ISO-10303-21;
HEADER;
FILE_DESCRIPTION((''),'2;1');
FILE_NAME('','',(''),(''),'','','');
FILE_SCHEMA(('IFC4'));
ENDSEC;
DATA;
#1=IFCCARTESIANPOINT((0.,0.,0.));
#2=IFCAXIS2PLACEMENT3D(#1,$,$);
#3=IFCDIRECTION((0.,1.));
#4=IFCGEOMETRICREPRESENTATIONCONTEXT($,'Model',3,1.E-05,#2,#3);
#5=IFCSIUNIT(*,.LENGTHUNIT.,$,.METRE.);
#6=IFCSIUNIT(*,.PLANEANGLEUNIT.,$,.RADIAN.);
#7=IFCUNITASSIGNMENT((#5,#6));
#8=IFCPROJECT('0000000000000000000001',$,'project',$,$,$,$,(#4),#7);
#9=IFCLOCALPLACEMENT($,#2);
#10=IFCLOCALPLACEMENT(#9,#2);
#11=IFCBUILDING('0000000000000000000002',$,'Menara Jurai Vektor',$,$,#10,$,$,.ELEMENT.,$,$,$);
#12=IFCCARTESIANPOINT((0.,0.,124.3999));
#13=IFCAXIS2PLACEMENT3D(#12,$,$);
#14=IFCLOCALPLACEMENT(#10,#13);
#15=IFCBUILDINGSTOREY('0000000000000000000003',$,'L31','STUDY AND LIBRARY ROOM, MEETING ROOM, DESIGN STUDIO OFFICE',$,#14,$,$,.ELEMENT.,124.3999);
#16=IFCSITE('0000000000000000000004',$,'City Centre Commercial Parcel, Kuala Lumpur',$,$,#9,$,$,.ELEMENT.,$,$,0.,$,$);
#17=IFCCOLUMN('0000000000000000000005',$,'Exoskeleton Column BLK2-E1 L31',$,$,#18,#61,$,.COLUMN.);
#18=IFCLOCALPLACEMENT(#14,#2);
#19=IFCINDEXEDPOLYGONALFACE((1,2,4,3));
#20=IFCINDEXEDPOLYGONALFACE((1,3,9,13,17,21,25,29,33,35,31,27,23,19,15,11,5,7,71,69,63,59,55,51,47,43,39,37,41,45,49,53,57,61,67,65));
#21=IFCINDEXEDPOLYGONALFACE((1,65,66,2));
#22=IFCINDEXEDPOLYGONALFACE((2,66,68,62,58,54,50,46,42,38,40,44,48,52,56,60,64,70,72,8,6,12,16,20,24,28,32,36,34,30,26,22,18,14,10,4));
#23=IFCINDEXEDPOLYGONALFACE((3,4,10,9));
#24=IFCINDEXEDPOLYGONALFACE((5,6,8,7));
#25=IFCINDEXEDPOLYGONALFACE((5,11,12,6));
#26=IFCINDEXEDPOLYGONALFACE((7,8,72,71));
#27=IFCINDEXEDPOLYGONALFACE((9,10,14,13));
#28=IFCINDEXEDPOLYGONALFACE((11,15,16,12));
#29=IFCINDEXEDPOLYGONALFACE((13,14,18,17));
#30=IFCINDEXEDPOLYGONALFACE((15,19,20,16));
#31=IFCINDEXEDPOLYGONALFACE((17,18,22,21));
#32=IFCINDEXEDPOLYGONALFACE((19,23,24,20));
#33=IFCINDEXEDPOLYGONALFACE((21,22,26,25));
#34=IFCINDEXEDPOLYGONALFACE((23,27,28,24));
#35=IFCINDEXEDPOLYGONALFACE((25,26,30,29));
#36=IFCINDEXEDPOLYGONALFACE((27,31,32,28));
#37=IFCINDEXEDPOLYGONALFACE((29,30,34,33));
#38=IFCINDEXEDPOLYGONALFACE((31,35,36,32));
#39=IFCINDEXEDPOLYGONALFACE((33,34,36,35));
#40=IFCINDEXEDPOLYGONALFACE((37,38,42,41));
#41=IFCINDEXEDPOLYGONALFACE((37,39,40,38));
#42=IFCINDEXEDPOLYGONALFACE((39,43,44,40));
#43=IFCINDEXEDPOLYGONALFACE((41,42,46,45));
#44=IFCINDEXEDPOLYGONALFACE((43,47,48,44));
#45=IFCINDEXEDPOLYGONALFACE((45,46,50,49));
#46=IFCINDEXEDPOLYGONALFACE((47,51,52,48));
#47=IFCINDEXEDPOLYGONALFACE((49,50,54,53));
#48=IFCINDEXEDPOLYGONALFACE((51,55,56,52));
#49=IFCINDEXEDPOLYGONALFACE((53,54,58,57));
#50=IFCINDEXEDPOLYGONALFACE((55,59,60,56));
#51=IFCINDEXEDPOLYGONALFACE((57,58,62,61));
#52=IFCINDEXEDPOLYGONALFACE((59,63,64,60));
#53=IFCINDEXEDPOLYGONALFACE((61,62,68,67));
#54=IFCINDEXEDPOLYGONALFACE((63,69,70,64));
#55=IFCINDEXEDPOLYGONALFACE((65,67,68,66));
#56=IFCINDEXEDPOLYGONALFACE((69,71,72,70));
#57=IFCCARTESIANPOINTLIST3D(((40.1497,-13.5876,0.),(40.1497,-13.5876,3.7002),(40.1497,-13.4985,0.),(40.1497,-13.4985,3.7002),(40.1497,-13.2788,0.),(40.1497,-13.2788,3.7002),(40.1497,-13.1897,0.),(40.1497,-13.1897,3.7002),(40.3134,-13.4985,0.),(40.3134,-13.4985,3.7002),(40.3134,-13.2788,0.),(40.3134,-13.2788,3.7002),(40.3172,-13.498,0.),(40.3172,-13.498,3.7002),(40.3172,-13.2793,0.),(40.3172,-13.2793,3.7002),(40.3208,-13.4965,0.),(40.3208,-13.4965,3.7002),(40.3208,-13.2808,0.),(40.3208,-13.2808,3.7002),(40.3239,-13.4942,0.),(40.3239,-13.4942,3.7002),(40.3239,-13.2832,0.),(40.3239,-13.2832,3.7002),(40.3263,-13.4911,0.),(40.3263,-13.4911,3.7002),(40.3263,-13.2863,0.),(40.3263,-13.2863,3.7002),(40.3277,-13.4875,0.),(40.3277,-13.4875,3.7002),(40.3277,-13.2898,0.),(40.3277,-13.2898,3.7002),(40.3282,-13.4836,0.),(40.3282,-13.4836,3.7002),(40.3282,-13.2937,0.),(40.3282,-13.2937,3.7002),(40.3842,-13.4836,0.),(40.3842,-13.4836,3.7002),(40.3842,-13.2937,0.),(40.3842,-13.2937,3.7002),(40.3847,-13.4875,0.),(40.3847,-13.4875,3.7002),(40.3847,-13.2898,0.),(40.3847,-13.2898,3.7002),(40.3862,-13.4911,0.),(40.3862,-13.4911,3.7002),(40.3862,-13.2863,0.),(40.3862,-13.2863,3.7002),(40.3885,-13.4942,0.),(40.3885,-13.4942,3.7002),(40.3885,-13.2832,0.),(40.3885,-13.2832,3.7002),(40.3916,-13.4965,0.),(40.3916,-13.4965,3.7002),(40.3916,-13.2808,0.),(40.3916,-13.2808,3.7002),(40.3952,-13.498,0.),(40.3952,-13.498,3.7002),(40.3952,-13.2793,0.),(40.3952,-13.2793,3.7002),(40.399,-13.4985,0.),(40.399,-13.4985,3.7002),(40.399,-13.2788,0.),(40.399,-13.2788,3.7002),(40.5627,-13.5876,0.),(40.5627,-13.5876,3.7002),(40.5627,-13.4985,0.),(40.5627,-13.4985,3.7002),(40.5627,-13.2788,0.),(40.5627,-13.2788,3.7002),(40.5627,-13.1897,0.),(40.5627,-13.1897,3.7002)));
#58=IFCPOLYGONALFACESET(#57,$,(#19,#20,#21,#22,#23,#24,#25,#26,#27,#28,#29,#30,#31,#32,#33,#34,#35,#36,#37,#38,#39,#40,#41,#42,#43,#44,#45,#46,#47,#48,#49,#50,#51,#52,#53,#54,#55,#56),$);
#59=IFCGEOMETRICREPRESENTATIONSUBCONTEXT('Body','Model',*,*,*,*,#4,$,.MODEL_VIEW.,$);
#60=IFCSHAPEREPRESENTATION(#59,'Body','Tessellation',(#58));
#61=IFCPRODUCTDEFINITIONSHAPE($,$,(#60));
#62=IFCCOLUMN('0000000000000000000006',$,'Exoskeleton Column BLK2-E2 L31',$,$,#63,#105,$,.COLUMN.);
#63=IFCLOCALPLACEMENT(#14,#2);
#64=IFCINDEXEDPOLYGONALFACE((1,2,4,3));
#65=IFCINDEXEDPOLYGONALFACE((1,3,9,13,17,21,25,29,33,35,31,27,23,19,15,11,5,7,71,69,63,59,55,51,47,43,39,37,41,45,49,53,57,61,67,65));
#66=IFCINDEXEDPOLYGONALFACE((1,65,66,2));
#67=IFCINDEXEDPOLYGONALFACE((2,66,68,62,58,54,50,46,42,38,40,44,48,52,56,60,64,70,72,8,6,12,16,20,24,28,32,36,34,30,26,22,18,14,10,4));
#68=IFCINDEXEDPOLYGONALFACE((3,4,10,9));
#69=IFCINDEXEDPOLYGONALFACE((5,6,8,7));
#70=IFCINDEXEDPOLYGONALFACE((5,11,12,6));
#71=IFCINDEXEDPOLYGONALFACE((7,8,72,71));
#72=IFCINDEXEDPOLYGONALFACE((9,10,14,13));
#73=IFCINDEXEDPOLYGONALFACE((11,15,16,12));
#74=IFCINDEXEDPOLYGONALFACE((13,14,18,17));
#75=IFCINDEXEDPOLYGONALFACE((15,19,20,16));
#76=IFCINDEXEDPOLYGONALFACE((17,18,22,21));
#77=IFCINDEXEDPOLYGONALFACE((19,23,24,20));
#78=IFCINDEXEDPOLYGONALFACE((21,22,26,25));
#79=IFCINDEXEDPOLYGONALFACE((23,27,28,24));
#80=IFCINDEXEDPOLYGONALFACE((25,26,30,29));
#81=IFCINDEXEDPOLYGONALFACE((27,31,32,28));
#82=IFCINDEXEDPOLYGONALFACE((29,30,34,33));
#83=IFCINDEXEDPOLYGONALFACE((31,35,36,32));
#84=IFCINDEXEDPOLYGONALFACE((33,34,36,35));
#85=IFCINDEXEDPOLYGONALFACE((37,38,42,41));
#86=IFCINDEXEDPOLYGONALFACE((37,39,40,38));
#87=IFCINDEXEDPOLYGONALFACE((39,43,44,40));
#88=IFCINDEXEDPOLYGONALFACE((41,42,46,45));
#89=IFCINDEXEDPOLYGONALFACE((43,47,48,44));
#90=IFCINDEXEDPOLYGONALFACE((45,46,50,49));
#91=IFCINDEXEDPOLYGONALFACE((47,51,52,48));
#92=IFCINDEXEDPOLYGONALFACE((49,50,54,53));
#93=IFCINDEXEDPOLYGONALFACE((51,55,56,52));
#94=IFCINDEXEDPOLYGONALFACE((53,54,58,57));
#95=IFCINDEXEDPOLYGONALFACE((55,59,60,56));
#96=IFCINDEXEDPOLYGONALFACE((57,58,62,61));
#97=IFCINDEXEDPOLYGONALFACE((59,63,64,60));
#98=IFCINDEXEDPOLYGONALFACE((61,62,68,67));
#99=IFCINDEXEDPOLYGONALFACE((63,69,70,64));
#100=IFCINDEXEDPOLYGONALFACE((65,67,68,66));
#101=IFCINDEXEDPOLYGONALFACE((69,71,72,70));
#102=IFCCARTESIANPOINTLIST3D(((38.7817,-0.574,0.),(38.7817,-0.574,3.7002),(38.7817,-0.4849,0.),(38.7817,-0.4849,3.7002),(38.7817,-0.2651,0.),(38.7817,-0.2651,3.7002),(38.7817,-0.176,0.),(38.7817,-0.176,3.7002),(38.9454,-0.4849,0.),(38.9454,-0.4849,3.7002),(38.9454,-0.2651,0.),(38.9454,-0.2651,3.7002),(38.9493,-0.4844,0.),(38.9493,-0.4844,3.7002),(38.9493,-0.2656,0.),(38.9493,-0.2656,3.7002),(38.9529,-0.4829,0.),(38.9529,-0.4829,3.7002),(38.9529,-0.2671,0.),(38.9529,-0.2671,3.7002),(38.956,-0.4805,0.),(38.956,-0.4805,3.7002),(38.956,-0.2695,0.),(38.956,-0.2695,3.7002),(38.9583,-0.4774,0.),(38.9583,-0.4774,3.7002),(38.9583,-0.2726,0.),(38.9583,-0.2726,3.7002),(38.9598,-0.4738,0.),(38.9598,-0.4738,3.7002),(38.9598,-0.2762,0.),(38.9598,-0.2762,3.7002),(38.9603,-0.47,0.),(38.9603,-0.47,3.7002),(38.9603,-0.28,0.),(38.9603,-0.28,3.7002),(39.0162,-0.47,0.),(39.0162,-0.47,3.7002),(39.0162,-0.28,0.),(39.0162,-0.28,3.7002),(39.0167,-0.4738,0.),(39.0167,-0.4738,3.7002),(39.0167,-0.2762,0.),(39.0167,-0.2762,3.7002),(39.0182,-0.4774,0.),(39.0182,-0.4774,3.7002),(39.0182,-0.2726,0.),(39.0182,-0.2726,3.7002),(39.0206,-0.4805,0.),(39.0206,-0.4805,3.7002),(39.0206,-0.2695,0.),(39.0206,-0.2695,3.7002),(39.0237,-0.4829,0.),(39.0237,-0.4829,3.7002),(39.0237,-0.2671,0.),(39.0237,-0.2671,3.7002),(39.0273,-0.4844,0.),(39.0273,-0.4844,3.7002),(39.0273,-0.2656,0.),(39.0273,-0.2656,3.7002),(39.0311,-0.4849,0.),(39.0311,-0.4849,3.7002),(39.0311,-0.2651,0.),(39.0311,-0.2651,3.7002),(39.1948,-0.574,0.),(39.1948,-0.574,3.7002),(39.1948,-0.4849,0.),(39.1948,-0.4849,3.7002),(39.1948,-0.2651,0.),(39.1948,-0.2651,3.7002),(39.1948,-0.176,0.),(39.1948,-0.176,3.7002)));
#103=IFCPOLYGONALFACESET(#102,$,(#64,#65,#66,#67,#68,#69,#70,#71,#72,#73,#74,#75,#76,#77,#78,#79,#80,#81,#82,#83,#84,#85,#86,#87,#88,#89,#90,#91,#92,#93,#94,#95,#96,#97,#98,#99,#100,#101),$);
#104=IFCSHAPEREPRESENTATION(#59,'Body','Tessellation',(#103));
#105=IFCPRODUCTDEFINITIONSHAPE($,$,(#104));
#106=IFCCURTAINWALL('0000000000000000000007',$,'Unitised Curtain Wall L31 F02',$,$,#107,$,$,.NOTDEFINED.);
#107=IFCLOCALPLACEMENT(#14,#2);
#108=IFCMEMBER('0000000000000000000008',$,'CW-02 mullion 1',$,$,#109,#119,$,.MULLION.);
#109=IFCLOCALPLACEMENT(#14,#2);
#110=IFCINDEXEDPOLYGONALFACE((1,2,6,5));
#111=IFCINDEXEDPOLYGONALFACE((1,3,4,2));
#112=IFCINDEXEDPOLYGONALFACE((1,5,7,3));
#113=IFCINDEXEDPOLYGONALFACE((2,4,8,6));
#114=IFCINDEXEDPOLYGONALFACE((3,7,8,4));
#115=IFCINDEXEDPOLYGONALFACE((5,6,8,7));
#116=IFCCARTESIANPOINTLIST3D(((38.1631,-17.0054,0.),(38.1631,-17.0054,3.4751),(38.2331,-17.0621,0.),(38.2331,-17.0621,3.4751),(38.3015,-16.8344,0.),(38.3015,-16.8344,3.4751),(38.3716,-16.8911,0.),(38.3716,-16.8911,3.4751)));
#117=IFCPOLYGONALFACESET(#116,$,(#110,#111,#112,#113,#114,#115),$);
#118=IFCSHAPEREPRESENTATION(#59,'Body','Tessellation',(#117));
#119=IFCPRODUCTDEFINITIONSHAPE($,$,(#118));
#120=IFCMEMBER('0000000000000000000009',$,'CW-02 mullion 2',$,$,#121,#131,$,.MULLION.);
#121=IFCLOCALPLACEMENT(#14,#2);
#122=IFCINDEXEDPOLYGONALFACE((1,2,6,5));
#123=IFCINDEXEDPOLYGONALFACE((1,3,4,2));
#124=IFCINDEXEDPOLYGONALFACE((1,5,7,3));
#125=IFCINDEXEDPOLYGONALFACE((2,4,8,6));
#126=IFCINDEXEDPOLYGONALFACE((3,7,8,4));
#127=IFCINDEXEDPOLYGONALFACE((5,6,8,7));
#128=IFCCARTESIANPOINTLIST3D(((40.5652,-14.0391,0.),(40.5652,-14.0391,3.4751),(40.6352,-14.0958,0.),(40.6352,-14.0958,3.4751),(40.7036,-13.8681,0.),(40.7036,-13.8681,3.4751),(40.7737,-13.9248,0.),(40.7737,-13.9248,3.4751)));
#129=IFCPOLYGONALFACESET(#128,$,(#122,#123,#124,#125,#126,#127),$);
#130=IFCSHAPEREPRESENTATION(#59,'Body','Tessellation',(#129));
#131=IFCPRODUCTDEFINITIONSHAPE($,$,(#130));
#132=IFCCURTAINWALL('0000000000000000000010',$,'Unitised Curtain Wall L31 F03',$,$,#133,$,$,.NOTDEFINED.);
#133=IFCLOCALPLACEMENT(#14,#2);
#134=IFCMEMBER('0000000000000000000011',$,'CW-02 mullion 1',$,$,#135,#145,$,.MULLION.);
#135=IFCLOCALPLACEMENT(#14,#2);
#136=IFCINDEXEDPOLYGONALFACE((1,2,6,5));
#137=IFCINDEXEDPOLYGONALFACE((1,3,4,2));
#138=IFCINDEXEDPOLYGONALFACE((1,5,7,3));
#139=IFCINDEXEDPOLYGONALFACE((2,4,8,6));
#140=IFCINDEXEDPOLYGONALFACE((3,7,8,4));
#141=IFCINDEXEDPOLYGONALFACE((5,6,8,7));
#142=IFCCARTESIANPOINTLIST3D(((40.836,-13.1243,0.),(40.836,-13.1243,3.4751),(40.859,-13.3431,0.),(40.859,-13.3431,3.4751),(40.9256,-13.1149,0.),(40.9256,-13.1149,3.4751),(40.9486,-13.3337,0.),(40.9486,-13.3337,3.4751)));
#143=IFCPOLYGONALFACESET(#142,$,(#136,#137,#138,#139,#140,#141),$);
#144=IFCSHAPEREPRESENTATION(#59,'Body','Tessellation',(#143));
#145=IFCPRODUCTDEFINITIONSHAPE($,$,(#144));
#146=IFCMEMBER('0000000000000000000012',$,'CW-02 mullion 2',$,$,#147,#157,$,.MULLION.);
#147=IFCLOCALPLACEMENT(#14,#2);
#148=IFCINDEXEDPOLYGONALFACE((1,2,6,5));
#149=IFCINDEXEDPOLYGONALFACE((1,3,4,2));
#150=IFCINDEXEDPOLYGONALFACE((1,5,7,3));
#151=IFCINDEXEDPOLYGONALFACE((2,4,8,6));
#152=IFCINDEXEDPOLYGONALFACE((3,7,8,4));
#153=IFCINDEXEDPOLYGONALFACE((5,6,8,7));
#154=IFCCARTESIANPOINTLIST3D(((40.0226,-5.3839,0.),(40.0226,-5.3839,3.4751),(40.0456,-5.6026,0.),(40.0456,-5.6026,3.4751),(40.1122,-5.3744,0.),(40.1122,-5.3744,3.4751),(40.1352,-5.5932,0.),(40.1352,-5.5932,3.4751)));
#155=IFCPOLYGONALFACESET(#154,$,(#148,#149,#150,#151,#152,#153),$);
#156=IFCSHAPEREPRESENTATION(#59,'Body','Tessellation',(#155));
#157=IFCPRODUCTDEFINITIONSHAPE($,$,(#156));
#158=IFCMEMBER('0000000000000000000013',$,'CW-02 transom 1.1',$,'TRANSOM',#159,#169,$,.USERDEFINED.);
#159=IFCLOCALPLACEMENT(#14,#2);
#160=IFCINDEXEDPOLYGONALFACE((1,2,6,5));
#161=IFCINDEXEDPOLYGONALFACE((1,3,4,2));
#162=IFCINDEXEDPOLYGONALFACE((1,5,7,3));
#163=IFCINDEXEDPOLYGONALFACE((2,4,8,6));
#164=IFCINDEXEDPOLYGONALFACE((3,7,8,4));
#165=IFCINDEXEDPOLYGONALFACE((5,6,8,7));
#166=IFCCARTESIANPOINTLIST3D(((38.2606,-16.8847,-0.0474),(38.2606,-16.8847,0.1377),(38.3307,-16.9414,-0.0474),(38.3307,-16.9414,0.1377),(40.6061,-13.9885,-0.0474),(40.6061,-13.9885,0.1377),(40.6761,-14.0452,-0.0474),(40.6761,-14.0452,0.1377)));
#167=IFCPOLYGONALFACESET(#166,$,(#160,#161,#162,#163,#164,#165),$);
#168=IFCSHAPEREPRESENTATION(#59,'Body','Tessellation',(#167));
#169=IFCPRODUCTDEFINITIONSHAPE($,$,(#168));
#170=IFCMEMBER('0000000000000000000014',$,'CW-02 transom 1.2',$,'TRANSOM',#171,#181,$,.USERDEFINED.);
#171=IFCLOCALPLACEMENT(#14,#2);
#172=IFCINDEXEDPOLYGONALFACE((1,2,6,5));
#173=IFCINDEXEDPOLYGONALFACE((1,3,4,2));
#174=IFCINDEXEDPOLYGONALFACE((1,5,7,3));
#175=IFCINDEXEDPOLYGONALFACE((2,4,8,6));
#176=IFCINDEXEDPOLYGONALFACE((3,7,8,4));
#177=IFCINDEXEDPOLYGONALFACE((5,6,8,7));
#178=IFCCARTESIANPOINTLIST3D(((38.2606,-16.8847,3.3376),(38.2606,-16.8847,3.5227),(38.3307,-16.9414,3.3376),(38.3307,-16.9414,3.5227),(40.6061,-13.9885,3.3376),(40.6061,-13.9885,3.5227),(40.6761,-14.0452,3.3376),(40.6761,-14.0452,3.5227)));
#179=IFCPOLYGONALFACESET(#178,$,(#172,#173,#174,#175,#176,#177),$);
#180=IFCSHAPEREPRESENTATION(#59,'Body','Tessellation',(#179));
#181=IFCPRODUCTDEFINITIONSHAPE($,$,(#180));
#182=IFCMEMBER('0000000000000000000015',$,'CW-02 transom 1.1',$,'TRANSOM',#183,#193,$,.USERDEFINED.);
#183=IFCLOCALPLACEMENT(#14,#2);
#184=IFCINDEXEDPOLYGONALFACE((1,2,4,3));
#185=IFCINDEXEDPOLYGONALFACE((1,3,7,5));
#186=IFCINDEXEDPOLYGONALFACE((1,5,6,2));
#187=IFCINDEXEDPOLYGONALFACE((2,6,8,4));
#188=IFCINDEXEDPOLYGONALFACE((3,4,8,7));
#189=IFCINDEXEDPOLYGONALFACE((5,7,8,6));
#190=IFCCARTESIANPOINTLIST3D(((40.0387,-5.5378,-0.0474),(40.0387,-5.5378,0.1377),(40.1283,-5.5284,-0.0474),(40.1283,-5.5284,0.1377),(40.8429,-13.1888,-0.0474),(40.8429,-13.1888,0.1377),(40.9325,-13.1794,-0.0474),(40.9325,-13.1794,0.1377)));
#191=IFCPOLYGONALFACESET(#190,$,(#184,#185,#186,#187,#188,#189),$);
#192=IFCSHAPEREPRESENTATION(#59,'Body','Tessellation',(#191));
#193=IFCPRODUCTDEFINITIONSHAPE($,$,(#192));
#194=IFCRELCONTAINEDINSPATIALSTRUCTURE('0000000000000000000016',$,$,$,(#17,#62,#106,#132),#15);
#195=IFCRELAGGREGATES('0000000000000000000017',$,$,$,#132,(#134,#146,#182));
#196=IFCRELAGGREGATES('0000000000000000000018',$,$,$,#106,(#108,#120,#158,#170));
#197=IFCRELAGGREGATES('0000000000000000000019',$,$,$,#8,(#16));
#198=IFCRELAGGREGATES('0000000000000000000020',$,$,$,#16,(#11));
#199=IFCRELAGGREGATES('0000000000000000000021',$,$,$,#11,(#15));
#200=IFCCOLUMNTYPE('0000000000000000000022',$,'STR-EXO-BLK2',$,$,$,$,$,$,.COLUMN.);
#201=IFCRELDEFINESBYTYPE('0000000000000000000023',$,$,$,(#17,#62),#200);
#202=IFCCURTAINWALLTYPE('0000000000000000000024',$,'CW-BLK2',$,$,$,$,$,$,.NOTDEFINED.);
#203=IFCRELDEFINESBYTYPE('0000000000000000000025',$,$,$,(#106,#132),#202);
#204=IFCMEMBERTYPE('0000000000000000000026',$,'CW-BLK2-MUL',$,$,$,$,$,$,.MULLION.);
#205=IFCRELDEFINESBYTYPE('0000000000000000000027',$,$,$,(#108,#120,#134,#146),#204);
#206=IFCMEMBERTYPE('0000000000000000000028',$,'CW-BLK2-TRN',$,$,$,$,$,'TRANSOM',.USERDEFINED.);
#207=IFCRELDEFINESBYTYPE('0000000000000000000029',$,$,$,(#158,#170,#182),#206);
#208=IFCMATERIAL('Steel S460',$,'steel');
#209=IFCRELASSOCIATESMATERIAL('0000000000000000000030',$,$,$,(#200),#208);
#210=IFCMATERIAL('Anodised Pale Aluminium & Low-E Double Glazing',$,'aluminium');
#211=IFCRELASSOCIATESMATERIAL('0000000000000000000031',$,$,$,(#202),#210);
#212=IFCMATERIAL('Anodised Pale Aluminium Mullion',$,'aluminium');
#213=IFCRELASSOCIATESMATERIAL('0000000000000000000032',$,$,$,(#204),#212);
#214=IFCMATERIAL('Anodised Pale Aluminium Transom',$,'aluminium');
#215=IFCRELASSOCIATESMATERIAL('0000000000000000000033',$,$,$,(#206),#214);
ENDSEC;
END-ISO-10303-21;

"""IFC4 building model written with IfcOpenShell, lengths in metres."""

from ifc_helpers import new_model, si_unit, direction, frame, origin, origin_2d, place, context, subcontext, project, spatial, rectangle, i_section, extrude, material, material_profile, profile_set, type_object, element, aggregate, save


model = new_model("IFC4")

# Units and contexts
model_context = context("Model", 3, precision=1e-05, world=origin(), true_north=direction((0.0, 1.0)))
body_context = subcontext(model_context, "Body", "Model", "MODEL_VIEW")
ifc_project = project(units=[si_unit("LENGTHUNIT", "METRE"), si_unit("PLANEANGLEUNIT", "RADIAN")], contexts=[model_context])

# Site, building, storey
site_placement = place(None, origin())
site = spatial("IfcSite", under=ifc_project, at=site_placement, Name="City Centre Commercial Parcel, Kuala Lumpur", CompositionType="ELEMENT", RefElevation=0.0)
building_placement = place(site_placement, origin())
building = spatial("IfcBuilding", under=site, at=building_placement, Name="Menara Jurai Vektor", CompositionType="ELEMENT")
storey_placement = place(building_placement, frame((0.0, 0.0, 124.3999)))
storey = spatial("IfcBuildingStorey", under=building, at=storey_placement, Name="L31", Description="STUDY AND LIBRARY ROOM, MEETING ROOM, DESIGN STUDIO OFFICE", CompositionType="ELEMENT", Elevation=124.3999)

# Columns
ifc_material_1 = material(Name="Steel S460", Category="steel")
ifc_material_profile_1 = material_profile(ifc_material_1, i_section(OverallWidth=0.4131, OverallDepth=0.3979, WebThickness=0.0559, FlangeThickness=0.0891, FilletRadius=0.0149, at=origin_2d()), Name="HD 400x744")
ifc_profile_set_1 = profile_set([ifc_material_profile_1], Name="Steel S460")
column_type = type_object("IfcColumnType", Name="STR-EXO-BLK2", PredefinedType="COLUMN", material=ifc_profile_set_1)
for number, where, z_axis, x_axis, name in (
    (1, (40.3562, -13.3887, 0.0), (0.0, 0.0, 1.0), (1.0, 0.0, 0.0), "Exoskeleton Column BLK2-E1 L31"),
    (2, (38.9883, -0.375, 0.0), (0.0, 0.0, 1.0), (1.0, 0.0, 0.0), "Exoskeleton Column BLK2-E2 L31"),
):
    element("IfcColumn", number, at=place(storey_placement, frame(where, z_axis=z_axis, x_axis=x_axis)), inside=storey, type_object=column_type, Name=name, PredefinedType="COLUMN", context=body_context, shape_type="SweptSolid", body=[
        extrude(i_section(OverallWidth=0.4131, OverallDepth=0.3979, WebThickness=0.0559, FlangeThickness=0.0891, FilletRadius=0.0149, at=origin_2d()), origin(), (0.0, 0.0, 1.0), 3.7002),
    ])

# Curtain walls, members
ifc_material_2 = material(Name="Anodised Pale Aluminium & Low-E Double Glazing", Category="aluminium")
curtain_wall_type = type_object("IfcCurtainWallType", Name="CW-BLK2", PredefinedType="NOTDEFINED", material=ifc_material_2)
curtain_wall_1_placement = place(storey_placement, origin())
curtain_wall_1 = element("IfcCurtainWall", 3, at=curtain_wall_1_placement, inside=storey, type_object=curtain_wall_type, Name="Unitised Curtain Wall L31 F02", PredefinedType="NOTDEFINED")
ifc_material_3 = material(Name="Anodised Pale Aluminium Mullion", Category="aluminium")
ifc_material_profile_2 = material_profile(ifc_material_3, rectangle(XDim=0.0901, YDim=0.22, at=origin_2d()), Name="ALU MUL 90x220")
ifc_profile_set_2 = profile_set([ifc_material_profile_2], Name="Anodised Pale Aluminium Mullion")
member_type_1 = type_object("IfcMemberType", Name="CW-BLK2-MUL", PredefinedType="MULLION", material=ifc_profile_set_2)
member_1_placement = place(storey_placement, frame((38.2673, -16.9482, 0.0), z_axis=(0.0, 0.0, 1.0), x_axis=(-0.777129, 0.629341, 0.0)))
member_1 = element("IfcMember", 4, at=member_1_placement, type_object=member_type_1, Name="CW-02 mullion 1", PredefinedType="MULLION", context=body_context, shape_type="SweptSolid", body=[
    extrude(rectangle(XDim=0.0901, YDim=0.22, at=origin_2d()), origin(), (0.0, 0.0, 1.0), 3.4751),
])
member_2_placement = place(storey_placement, frame((40.6694, -13.9819, 0.0), z_axis=(0.0, 0.0, 1.0), x_axis=(-0.777129, 0.629341, 0.0)))
member_2 = element("IfcMember", 5, at=member_2_placement, type_object=member_type_1, Name="CW-02 mullion 2", PredefinedType="MULLION", context=body_context, shape_type="SweptSolid", body=[
    extrude(rectangle(XDim=0.0901, YDim=0.22, at=origin_2d()), origin(), (0.0, 0.0, 1.0), 3.4751),
])
curtain_wall_2_placement = place(storey_placement, origin())
curtain_wall_2 = element("IfcCurtainWall", 6, at=curtain_wall_2_placement, inside=storey, type_object=curtain_wall_type, Name="Unitised Curtain Wall L31 F03", PredefinedType="NOTDEFINED")
member_3_placement = place(storey_placement, frame((40.8923, -13.229, 0.0), z_axis=(0.0, 0.0, 1.0), x_axis=(-0.994522, -0.10453, 0.0)))
member_3 = element("IfcMember", 7, at=member_3_placement, type_object=member_type_1, Name="CW-02 mullion 1", PredefinedType="MULLION", context=body_context, shape_type="SweptSolid", body=[
    extrude(rectangle(XDim=0.0901, YDim=0.22, at=origin_2d()), origin(), (0.0, 0.0, 1.0), 3.4751),
])
member_4_placement = place(storey_placement, frame((40.0789, -5.4885, 0.0), z_axis=(0.0, 0.0, 1.0), x_axis=(-0.994522, -0.10453, 0.0)))
member_4 = element("IfcMember", 8, at=member_4_placement, type_object=member_type_1, Name="CW-02 mullion 2", PredefinedType="MULLION", context=body_context, shape_type="SweptSolid", body=[
    extrude(rectangle(XDim=0.0901, YDim=0.22, at=origin_2d()), origin(), (0.0, 0.0, 1.0), 3.4751),
])

# Members
ifc_material_4 = material(Name="Anodised Pale Aluminium Transom", Category="aluminium")
ifc_material_profile_3 = material_profile(ifc_material_4, rectangle(XDim=0.0901, YDim=0.1851, at=origin_2d()), Name="ALU TRN 90x185")
ifc_profile_set_3 = profile_set([ifc_material_profile_3], Name="Anodised Pale Aluminium Transom")
member_type_2 = type_object("IfcMemberType", Name="CW-BLK2-TRN", ElementType="TRANSOM", PredefinedType="USERDEFINED", material=ifc_profile_set_3)
member_5_placement = place(storey_placement, frame((38.2957, -16.9131, 0.0452), z_axis=(0.629341, 0.777129, 0.0), x_axis=(-0.777129, 0.629341, 0.0)))
member_5 = element("IfcMember", 9, at=member_5_placement, type_object=member_type_2, Name="CW-02 transom 1.1", ObjectType="TRANSOM", PredefinedType="USERDEFINED", context=body_context, shape_type="SweptSolid", body=[
    extrude(rectangle(XDim=0.0901, YDim=0.1851, at=origin_2d()), origin(), (0.0, 0.0, 1.0), 3.7268),
])
member_6_placement = place(storey_placement, frame((38.2957, -16.9131, 3.4302), z_axis=(0.629341, 0.777129, 0.0), x_axis=(-0.777129, 0.629341, 0.0)))
member_6 = element("IfcMember", 10, at=member_6_placement, type_object=member_type_2, Name="CW-02 transom 1.2", ObjectType="TRANSOM", PredefinedType="USERDEFINED", context=body_context, shape_type="SweptSolid", body=[
    extrude(rectangle(XDim=0.0901, YDim=0.1851, at=origin_2d()), origin(), (0.0, 0.0, 1.0), 3.7268),
])
member_7_placement = place(storey_placement, frame((40.8877, -13.1841, 0.0452), z_axis=(-0.104536, 0.994521, 0.0), x_axis=(-0.994521, -0.104536, 0.0)))
member_7 = element("IfcMember", 11, at=member_7_placement, type_object=member_type_2, Name="CW-02 transom 1.1", ObjectType="TRANSOM", PredefinedType="USERDEFINED", context=body_context, shape_type="SweptSolid", body=[
    extrude(rectangle(XDim=0.0901, YDim=0.1851, at=origin_2d()), origin(), (0.0, 0.0, 1.0), 7.6931),
])

aggregate(curtain_wall_2, [member_3, member_4, member_7])
aggregate(curtain_wall_1, [member_1, member_2, member_5, member_6])

save(model, "model.ifc")
